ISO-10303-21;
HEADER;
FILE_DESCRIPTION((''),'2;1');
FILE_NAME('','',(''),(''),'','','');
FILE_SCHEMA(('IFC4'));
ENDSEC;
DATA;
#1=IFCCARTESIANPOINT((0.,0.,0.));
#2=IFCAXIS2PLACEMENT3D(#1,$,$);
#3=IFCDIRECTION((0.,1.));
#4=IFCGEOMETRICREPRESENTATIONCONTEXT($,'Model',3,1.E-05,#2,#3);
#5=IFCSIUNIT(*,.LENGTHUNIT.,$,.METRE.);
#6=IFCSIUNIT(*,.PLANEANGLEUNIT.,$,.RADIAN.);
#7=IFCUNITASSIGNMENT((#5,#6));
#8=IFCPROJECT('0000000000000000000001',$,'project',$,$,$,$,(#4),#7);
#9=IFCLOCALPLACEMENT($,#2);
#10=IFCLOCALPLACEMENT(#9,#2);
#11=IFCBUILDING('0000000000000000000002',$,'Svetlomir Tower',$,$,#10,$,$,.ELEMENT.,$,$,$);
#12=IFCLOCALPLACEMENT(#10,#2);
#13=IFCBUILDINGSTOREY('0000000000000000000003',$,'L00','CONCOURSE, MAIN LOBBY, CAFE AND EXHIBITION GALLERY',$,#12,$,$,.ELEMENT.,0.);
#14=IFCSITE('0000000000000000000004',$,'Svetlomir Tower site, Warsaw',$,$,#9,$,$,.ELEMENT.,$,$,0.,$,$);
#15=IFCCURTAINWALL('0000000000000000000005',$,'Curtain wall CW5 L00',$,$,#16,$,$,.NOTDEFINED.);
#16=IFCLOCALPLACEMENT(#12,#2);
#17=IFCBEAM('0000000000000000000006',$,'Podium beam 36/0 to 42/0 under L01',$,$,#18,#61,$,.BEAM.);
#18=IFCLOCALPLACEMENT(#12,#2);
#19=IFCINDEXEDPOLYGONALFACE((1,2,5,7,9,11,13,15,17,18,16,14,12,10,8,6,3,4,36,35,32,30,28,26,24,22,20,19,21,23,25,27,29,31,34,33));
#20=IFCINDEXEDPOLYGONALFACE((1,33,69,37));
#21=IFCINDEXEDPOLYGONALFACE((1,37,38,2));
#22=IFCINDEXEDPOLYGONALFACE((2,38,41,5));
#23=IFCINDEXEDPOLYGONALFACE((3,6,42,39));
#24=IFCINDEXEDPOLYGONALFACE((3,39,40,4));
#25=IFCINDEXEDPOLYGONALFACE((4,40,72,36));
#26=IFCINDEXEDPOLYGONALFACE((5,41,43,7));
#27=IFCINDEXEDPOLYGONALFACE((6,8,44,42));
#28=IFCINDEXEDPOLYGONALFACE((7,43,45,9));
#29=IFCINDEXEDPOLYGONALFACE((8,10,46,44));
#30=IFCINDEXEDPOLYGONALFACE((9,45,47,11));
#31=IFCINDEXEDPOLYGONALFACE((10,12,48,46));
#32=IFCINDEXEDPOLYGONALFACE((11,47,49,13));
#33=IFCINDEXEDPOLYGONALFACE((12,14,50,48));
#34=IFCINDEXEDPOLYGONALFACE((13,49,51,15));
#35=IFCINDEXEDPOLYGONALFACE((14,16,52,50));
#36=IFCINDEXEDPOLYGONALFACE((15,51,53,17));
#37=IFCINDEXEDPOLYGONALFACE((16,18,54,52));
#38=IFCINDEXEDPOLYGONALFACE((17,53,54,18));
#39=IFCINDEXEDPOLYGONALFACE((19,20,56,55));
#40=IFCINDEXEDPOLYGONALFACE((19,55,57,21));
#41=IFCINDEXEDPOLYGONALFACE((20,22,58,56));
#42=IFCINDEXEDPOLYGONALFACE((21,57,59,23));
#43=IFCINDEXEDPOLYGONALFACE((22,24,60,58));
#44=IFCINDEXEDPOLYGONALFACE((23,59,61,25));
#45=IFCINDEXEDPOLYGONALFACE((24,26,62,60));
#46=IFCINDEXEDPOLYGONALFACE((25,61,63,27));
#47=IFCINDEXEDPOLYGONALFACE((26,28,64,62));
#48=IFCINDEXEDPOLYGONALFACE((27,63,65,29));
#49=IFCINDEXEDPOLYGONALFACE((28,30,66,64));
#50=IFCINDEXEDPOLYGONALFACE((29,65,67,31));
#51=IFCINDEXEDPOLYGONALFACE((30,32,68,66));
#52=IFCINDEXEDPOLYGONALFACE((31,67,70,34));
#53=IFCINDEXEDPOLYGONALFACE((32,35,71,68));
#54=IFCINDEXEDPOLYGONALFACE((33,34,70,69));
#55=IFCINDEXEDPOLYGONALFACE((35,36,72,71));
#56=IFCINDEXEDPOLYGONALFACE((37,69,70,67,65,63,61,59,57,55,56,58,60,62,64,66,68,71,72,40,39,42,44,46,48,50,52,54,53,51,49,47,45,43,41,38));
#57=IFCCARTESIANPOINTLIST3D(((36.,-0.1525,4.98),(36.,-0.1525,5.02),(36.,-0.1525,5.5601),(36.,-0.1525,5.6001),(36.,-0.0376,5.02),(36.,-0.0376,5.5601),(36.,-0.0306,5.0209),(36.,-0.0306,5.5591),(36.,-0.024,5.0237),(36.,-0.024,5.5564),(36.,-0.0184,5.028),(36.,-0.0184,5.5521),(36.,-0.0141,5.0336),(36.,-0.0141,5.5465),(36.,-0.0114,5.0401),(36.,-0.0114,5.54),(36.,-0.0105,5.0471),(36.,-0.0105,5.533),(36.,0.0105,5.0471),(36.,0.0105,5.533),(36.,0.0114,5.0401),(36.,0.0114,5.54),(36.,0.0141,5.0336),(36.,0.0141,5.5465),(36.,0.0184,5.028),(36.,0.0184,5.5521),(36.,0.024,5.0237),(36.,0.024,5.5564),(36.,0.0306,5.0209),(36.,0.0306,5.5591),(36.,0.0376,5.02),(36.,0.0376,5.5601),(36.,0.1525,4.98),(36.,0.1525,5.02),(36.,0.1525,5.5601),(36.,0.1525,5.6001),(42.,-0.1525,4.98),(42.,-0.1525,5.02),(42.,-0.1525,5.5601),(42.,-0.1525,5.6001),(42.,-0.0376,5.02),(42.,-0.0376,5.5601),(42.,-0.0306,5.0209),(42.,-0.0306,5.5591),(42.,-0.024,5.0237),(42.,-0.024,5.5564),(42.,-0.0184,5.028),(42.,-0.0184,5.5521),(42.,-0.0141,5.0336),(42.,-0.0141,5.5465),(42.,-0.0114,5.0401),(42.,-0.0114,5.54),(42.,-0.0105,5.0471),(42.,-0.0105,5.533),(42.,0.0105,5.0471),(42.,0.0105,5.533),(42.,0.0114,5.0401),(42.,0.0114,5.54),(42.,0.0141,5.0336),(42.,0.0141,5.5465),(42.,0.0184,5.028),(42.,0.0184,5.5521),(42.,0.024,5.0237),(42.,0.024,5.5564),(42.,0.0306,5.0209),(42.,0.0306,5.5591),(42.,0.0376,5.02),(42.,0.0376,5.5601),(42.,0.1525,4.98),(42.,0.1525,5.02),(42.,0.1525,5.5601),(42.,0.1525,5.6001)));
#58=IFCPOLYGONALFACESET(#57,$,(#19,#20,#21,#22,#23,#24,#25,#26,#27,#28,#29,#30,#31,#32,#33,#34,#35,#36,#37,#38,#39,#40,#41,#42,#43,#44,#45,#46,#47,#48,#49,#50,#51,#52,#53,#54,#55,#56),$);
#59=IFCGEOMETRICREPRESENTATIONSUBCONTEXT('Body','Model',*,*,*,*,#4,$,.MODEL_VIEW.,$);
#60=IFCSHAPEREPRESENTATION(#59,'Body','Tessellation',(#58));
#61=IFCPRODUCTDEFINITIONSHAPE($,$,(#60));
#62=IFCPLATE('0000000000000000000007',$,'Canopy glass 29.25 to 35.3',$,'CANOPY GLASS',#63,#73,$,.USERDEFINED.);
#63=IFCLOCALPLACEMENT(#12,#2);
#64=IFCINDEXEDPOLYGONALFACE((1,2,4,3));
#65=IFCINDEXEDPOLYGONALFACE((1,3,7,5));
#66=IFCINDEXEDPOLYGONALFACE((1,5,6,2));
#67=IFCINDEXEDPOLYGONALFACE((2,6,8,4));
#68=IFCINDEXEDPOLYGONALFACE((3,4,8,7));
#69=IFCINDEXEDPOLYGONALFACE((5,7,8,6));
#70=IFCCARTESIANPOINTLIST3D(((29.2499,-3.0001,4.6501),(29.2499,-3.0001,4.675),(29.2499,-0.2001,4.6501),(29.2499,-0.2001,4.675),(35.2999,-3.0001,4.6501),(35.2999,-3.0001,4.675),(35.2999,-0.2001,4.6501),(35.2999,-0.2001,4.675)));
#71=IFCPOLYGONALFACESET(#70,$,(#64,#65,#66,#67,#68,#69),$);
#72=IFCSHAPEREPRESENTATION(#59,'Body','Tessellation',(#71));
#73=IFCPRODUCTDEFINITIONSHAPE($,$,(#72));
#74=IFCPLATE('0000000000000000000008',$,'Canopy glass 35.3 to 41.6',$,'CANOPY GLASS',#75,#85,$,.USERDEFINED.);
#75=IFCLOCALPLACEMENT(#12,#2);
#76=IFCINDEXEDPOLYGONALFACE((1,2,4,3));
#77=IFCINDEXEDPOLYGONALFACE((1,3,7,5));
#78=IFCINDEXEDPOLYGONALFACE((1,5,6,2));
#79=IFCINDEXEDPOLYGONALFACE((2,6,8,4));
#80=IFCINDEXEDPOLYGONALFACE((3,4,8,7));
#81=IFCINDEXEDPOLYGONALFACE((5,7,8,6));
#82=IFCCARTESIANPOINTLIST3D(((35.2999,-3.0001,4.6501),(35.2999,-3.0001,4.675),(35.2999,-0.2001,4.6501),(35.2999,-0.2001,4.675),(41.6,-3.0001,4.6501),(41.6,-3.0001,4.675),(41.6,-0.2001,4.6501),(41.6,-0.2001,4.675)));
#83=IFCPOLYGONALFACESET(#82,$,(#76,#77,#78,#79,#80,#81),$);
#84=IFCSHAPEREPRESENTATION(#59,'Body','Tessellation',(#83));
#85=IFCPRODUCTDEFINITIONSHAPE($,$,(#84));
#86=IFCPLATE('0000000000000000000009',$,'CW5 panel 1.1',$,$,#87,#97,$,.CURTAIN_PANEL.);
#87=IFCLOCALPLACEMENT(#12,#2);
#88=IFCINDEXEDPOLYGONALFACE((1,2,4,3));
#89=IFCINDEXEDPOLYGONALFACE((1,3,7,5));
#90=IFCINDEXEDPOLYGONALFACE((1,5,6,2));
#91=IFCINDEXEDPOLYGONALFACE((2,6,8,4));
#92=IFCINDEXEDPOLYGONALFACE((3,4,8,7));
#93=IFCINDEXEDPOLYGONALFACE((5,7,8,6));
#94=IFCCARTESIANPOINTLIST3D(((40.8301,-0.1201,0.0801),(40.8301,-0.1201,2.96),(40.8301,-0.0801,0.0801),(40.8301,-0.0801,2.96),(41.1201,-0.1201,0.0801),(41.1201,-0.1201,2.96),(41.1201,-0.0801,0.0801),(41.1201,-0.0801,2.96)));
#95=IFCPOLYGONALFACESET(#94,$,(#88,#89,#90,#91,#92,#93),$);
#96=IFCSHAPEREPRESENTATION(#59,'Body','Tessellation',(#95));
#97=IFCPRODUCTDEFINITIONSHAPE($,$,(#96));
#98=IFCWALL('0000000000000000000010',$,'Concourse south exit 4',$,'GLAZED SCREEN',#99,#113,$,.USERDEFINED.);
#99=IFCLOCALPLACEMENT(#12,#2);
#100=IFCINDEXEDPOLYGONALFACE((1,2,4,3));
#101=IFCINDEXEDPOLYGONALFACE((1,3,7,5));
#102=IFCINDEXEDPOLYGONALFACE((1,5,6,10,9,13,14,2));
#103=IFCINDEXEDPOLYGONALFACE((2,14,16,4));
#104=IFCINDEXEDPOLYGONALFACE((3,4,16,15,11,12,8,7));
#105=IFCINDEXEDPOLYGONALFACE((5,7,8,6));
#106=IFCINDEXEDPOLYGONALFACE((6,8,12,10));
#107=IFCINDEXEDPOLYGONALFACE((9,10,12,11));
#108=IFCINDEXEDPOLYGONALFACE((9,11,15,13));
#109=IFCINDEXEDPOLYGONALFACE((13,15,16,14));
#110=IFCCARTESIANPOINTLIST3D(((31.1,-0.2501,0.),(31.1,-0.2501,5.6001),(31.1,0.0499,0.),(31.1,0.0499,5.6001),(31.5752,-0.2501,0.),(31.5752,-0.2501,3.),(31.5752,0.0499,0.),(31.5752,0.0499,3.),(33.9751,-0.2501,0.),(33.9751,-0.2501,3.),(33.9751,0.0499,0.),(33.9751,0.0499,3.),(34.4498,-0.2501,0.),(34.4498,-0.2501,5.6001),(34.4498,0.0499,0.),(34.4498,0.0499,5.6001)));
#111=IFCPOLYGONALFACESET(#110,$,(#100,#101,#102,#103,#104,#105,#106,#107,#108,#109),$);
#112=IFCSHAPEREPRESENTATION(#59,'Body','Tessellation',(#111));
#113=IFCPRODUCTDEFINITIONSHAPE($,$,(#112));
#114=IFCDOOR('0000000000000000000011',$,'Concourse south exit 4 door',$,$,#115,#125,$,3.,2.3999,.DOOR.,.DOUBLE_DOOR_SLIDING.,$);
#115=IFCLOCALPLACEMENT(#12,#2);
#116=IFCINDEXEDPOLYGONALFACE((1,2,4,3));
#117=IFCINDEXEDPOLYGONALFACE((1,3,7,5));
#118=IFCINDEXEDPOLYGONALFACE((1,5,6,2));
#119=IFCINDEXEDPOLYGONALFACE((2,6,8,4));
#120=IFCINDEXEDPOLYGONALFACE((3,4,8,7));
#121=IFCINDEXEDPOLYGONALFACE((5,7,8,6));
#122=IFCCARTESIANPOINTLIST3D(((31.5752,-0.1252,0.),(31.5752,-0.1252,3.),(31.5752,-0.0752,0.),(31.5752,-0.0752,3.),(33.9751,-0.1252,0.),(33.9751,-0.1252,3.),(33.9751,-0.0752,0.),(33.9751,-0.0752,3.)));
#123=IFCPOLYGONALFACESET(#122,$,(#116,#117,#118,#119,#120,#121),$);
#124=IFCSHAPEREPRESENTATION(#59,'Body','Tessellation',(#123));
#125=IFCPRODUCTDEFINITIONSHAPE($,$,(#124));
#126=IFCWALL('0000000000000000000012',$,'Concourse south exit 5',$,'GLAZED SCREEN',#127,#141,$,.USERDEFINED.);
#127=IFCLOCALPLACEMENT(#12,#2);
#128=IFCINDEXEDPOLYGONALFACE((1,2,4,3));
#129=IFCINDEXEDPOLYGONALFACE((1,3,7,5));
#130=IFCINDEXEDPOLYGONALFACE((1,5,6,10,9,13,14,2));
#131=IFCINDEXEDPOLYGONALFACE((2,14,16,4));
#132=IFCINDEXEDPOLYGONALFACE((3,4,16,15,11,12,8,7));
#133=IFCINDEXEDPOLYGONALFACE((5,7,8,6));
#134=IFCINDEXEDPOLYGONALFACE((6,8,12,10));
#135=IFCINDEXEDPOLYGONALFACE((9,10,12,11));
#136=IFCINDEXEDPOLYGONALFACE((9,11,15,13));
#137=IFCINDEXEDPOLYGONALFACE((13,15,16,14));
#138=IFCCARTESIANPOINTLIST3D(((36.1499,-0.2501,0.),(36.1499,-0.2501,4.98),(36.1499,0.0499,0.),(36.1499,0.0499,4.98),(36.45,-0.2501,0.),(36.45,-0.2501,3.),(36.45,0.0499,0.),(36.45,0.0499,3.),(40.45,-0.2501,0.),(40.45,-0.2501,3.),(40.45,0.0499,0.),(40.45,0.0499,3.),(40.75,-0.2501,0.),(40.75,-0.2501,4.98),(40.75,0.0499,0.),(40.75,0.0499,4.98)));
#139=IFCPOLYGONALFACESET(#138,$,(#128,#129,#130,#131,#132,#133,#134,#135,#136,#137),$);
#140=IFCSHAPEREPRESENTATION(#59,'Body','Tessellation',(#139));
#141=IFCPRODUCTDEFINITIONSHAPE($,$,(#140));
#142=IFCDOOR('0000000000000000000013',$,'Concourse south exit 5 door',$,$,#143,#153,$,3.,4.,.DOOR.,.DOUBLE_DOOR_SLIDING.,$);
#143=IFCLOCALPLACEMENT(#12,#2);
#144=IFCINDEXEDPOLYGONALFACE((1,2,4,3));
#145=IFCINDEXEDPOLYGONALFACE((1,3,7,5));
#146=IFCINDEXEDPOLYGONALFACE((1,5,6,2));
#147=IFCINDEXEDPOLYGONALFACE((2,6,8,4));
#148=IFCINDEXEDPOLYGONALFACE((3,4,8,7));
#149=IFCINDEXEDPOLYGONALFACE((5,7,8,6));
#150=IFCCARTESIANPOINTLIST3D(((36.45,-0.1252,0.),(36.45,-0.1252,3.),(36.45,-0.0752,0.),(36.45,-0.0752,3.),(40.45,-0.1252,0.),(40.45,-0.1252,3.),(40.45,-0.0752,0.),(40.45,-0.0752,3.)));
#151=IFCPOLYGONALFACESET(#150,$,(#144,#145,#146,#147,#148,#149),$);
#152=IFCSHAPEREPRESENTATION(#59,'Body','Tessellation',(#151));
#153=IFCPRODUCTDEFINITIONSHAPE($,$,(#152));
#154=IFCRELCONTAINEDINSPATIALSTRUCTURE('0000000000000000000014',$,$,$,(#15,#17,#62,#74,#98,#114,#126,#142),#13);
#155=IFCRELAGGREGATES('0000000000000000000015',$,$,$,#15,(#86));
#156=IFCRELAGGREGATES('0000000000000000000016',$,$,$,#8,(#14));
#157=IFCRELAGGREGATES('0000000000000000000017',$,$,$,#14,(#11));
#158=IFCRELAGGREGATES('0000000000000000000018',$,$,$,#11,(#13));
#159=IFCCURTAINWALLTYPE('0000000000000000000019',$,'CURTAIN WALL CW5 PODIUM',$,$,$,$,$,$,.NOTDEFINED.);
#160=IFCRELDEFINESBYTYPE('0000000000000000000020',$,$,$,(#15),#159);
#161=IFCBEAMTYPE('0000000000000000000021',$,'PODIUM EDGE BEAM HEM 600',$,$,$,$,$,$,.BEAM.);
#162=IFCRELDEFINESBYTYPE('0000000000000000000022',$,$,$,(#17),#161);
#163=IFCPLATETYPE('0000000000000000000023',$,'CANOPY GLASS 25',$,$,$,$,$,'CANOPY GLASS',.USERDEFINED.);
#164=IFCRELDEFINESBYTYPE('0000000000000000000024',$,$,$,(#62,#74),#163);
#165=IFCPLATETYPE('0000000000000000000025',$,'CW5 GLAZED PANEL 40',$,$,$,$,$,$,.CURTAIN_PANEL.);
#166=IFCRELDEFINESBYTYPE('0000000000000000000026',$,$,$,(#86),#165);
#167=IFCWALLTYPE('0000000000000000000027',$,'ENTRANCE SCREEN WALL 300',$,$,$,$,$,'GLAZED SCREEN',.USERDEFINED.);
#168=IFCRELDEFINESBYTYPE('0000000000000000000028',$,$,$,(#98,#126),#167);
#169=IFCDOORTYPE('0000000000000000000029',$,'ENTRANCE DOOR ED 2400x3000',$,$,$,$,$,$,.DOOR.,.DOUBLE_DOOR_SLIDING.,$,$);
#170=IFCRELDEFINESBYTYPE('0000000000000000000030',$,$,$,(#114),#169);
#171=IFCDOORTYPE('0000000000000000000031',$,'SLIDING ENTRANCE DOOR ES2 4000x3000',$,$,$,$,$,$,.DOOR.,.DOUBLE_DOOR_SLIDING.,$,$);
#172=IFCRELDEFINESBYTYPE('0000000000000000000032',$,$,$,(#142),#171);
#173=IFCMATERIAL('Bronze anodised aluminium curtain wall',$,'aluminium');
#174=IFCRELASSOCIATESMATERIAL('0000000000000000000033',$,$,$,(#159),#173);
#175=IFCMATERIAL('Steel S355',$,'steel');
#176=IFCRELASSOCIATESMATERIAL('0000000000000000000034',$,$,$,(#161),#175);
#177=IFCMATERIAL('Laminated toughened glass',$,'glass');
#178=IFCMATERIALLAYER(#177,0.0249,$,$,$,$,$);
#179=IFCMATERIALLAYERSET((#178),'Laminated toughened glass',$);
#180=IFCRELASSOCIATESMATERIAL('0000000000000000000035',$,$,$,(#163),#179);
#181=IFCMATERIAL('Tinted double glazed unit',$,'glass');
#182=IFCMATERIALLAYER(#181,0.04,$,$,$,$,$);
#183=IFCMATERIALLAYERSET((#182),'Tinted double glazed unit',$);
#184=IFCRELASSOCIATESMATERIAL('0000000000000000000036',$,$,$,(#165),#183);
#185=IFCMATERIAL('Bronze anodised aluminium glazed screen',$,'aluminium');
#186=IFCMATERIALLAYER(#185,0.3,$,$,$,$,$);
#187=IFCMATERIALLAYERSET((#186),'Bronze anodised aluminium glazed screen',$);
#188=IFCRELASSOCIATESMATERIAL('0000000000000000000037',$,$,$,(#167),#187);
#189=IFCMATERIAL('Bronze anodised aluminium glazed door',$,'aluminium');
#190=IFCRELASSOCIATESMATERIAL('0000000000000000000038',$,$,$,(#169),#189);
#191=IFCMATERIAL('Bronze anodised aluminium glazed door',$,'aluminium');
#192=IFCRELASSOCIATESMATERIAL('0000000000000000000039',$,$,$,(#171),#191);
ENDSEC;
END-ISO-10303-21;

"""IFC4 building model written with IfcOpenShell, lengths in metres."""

from ifc_helpers import new_model, si_unit, direction, frame, frame_2d, origin, origin_2d, place, context, subcontext, project, spatial, rectangle, i_section, extrude, material, layer, layer_set, material_profile, profile_set, type_object, element, fill, aggregate, save


model = new_model("IFC4")

# Units and contexts
model_context = context("Model", 3, precision=1e-05, world=origin(), true_north=direction((0.0, 1.0)))
body_context = subcontext(model_context, "Body", "Model", "MODEL_VIEW")
ifc_project = project(units=[si_unit("LENGTHUNIT", "METRE"), si_unit("PLANEANGLEUNIT", "RADIAN")], contexts=[model_context])

# Site, building, storey
site_placement = place(None, origin())
site = spatial("IfcSite", under=ifc_project, at=site_placement, Name="Svetlomir Tower site, Warsaw", CompositionType="ELEMENT", RefElevation=0.0)
building_placement = place(site_placement, origin())
building = spatial("IfcBuilding", under=site, at=building_placement, Name="Svetlomir Tower", CompositionType="ELEMENT")
storey_placement = place(building_placement, origin())
storey = spatial("IfcBuildingStorey", under=building, at=storey_placement, Name="L00", Description="CONCOURSE, MAIN LOBBY, CAFE AND EXHIBITION GALLERY", CompositionType="ELEMENT", Elevation=0.0)

# Curtain wall
ifc_material_1 = material(Name="Bronze anodised aluminium curtain wall", Category="aluminium")
curtain_wall_type = type_object("IfcCurtainWallType", Name="CURTAIN WALL CW5 PODIUM", PredefinedType="NOTDEFINED", material=ifc_material_1)
curtain_wall_placement = place(storey_placement, origin())
curtain_wall = element("IfcCurtainWall", 1, at=curtain_wall_placement, inside=storey, type_object=curtain_wall_type, Name="Curtain wall CW5 L00", PredefinedType="NOTDEFINED")

# Beam
ifc_material_2 = material(Name="Steel S355", Category="steel")
ifc_material_profile_1 = material_profile(ifc_material_2, i_section(OverallWidth=0.3049, OverallDepth=0.6201, WebThickness=0.021, FlangeThickness=0.04, FilletRadius=0.0271, at=origin_2d()), Name="HEM 600")
ifc_profile_set_1 = profile_set([ifc_material_profile_1], Name="Steel S355")
beam_type_1 = type_object("IfcBeamType", Name="PODIUM EDGE BEAM HEM 600", PredefinedType="BEAM", material=ifc_profile_set_1)
beam_1_placement = place(storey_placement, frame((36.0, 0.0, 5.29), z_axis=(1.0, 0.0, 0.0), x_axis=(0.0, 1.0, 0.0)))
element("IfcBeam", 2, at=beam_1_placement, inside=storey, type_object=beam_type_1, Name="Podium beam 36/0 to 42/0 under L01", PredefinedType="BEAM", context=body_context, shape_type="SweptSolid", body=[
    extrude(i_section(OverallWidth=0.3049, OverallDepth=0.6201, WebThickness=0.021, FlangeThickness=0.04, FilletRadius=0.0271, at=origin_2d()), origin(), (0.0, 0.0, 1.0), 6.0),
])

# Plates
ifc_material_3 = material(Name="Laminated toughened glass", Category="glass")
ifc_layer_1 = layer(ifc_material_3, 0.0249)
ifc_layer_set_1 = layer_set([ifc_layer_1], Name="Laminated toughened glass")
plate_type_1 = type_object("IfcPlateType", Name="CANOPY GLASS 25", ElementType="CANOPY GLASS", PredefinedType="USERDEFINED", material=ifc_layer_set_1)
plate_1_placement = place(storey_placement, frame((32.2749, -1.6001, 4.6501), z_axis=(0.0, 0.0, 1.0), x_axis=(1.0, 0.0, 0.0)))
element("IfcPlate", 3, at=plate_1_placement, inside=storey, type_object=plate_type_1, Name="Canopy glass 29.25 to 35.3", ObjectType="CANOPY GLASS", PredefinedType="USERDEFINED", context=body_context, shape_type="SweptSolid", body=[
    extrude(rectangle(XDim=6.05, YDim=2.8, at=origin_2d()), origin(), (0.0, 0.0, 1.0), 0.0249),
])
plate_2_placement = place(storey_placement, frame((38.45, -1.6001, 4.6501), z_axis=(0.0, 0.0, 1.0), x_axis=(1.0, 0.0, 0.0)))
element("IfcPlate", 4, at=plate_2_placement, inside=storey, type_object=plate_type_1, Name="Canopy glass 35.3 to 41.6", ObjectType="CANOPY GLASS", PredefinedType="USERDEFINED", context=body_context, shape_type="SweptSolid", body=[
    extrude(rectangle(XDim=6.3, YDim=2.8, at=origin_2d()), origin(), (0.0, 0.0, 1.0), 0.0249),
])

# Plate
ifc_material_4 = material(Name="Tinted double glazed unit", Category="glass")
ifc_layer_2 = layer(ifc_material_4, 0.04)
ifc_layer_set_2 = layer_set([ifc_layer_2], Name="Tinted double glazed unit")
plate_type_2 = type_object("IfcPlateType", Name="CW5 GLAZED PANEL 40", PredefinedType="CURTAIN_PANEL", material=ifc_layer_set_2)
plate_3_placement = place(storey_placement, frame((40.9751, -0.1001, 0.0801), z_axis=(0.0, 0.0, 1.0), x_axis=(1.0, 0.0, 0.0)))
plate_3 = element("IfcPlate", 5, at=plate_3_placement, type_object=plate_type_2, Name="CW5 panel 1.1", PredefinedType="CURTAIN_PANEL", context=body_context, shape_type="SweptSolid", body=[
    extrude(rectangle(XDim=0.29, YDim=0.04, at=origin_2d()), origin(), (0.0, 0.0, 1.0), 2.8799),
])
aggregate(curtain_wall, [plate_3])

# Walls, openings, doors
ifc_material_5 = material(Name="Bronze anodised aluminium glazed screen", Category="aluminium")
ifc_layer_3 = layer(ifc_material_5, 0.3)
ifc_layer_set_3 = layer_set([ifc_layer_3], Name="Bronze anodised aluminium glazed screen")
wall_type = type_object("IfcWallType", Name="ENTRANCE SCREEN WALL 300", ElementType="GLAZED SCREEN", PredefinedType="USERDEFINED", material=ifc_layer_set_3)
wall_1_placement = place(storey_placement, frame((31.1001, -0.1001, 0.0), z_axis=(0.0, 0.0, 1.0), x_axis=(1.0, 0.0, 0.0)))
wall_1 = element("IfcWall", 6, at=wall_1_placement, inside=storey, type_object=wall_type, Name="Concourse south exit 4", ObjectType="GLAZED SCREEN", PredefinedType="USERDEFINED", context=body_context, shape_type="SweptSolid", body=[
    extrude(rectangle(XDim=3.3499, YDim=0.3, at=frame_2d((1.6748, 0.0))), origin(), (0.0, 0.0, 1.0), 5.6001),
])
opening_1_placement = place(wall_1_placement, frame((0.4751, 0.0, 0.0)))
opening_1 = element("IfcOpeningElement", 7, at=opening_1_placement, cuts=wall_1, PredefinedType="OPENING", context=body_context, shape_type="SweptSolid", body=[
    extrude(rectangle(XDim=2.3999, YDim=3.0, at=frame_2d((1.2, 1.5))), frame((0.0, 0.1602, 0.0), z_axis=(0.0, -1.0, 0.0), x_axis=(1.0, 0.0, 0.0)), (0.0, 0.0, 1.0), 0.3201),
])
ifc_material_6 = material(Name="Bronze anodised aluminium glazed door", Category="aluminium")
door_type_1 = type_object("IfcDoorType", Name="ENTRANCE DOOR ED 2400x3000", OperationType="DOUBLE_DOOR_SLIDING", PredefinedType="DOOR", material=ifc_material_6)
door_1_placement = place(opening_1_placement, origin())
door_1 = element("IfcDoor", 8, at=door_1_placement, inside=storey, type_object=door_type_1, Name="Concourse south exit 4 door", OperationType="DOUBLE_DOOR_SLIDING", OverallHeight=3.0, OverallWidth=2.3999, PredefinedType="DOOR", context=body_context, shape_type="SweptSolid", body=[
    extrude(rectangle(XDim=2.3999, YDim=3.0, at=frame_2d((1.2, 1.5))), frame((0.0, 0.0249, 0.0), z_axis=(0.0, -1.0, 0.0), x_axis=(1.0, 0.0, 0.0)), (0.0, 0.0, 1.0), 0.05),
])
fill(opening_1, door_1)
wall_2_placement = place(storey_placement, frame((36.1499, -0.1001, 0.0), z_axis=(0.0, 0.0, 1.0), x_axis=(1.0, 0.0, 0.0)))
wall_2 = element("IfcWall", 9, at=wall_2_placement, inside=storey, type_object=wall_type, Name="Concourse south exit 5", ObjectType="GLAZED SCREEN", PredefinedType="USERDEFINED", context=body_context, shape_type="SweptSolid", body=[
    extrude(rectangle(XDim=4.6001, YDim=0.3, at=frame_2d((2.3, 0.0))), origin(), (0.0, 0.0, 1.0), 4.98),
])
opening_2_placement = place(wall_2_placement, frame((0.3, 0.0, 0.0)))
opening_2 = element("IfcOpeningElement", 10, at=opening_2_placement, cuts=wall_2, PredefinedType="OPENING", context=body_context, shape_type="SweptSolid", body=[
    extrude(rectangle(XDim=4.0, YDim=3.0, at=frame_2d((2.0, 1.5))), frame((0.0, 0.1602, 0.0), z_axis=(0.0, -1.0, 0.0), x_axis=(1.0, 0.0, 0.0)), (0.0, 0.0, 1.0), 0.3201),
])
ifc_material_7 = material(Name="Bronze anodised aluminium glazed door", Category="aluminium")
door_type_2 = type_object("IfcDoorType", Name="SLIDING ENTRANCE DOOR ES2 4000x3000", OperationType="DOUBLE_DOOR_SLIDING", PredefinedType="DOOR", material=ifc_material_7)
door_2_placement = place(opening_2_placement, origin())
door_2 = element("IfcDoor", 11, at=door_2_placement, inside=storey, type_object=door_type_2, Name="Concourse south exit 5 door", OperationType="DOUBLE_DOOR_SLIDING", OverallHeight=3.0, OverallWidth=4.0, PredefinedType="DOOR", context=body_context, shape_type="SweptSolid", body=[
    extrude(rectangle(XDim=4.0, YDim=3.0, at=frame_2d((2.0, 1.5))), frame((0.0, 0.0249, 0.0), z_axis=(0.0, -1.0, 0.0), x_axis=(1.0, 0.0, 0.0)), (0.0, 0.0, 1.0), 0.05),
])
fill(opening_2, door_2)

save(model, "model.ifc")
